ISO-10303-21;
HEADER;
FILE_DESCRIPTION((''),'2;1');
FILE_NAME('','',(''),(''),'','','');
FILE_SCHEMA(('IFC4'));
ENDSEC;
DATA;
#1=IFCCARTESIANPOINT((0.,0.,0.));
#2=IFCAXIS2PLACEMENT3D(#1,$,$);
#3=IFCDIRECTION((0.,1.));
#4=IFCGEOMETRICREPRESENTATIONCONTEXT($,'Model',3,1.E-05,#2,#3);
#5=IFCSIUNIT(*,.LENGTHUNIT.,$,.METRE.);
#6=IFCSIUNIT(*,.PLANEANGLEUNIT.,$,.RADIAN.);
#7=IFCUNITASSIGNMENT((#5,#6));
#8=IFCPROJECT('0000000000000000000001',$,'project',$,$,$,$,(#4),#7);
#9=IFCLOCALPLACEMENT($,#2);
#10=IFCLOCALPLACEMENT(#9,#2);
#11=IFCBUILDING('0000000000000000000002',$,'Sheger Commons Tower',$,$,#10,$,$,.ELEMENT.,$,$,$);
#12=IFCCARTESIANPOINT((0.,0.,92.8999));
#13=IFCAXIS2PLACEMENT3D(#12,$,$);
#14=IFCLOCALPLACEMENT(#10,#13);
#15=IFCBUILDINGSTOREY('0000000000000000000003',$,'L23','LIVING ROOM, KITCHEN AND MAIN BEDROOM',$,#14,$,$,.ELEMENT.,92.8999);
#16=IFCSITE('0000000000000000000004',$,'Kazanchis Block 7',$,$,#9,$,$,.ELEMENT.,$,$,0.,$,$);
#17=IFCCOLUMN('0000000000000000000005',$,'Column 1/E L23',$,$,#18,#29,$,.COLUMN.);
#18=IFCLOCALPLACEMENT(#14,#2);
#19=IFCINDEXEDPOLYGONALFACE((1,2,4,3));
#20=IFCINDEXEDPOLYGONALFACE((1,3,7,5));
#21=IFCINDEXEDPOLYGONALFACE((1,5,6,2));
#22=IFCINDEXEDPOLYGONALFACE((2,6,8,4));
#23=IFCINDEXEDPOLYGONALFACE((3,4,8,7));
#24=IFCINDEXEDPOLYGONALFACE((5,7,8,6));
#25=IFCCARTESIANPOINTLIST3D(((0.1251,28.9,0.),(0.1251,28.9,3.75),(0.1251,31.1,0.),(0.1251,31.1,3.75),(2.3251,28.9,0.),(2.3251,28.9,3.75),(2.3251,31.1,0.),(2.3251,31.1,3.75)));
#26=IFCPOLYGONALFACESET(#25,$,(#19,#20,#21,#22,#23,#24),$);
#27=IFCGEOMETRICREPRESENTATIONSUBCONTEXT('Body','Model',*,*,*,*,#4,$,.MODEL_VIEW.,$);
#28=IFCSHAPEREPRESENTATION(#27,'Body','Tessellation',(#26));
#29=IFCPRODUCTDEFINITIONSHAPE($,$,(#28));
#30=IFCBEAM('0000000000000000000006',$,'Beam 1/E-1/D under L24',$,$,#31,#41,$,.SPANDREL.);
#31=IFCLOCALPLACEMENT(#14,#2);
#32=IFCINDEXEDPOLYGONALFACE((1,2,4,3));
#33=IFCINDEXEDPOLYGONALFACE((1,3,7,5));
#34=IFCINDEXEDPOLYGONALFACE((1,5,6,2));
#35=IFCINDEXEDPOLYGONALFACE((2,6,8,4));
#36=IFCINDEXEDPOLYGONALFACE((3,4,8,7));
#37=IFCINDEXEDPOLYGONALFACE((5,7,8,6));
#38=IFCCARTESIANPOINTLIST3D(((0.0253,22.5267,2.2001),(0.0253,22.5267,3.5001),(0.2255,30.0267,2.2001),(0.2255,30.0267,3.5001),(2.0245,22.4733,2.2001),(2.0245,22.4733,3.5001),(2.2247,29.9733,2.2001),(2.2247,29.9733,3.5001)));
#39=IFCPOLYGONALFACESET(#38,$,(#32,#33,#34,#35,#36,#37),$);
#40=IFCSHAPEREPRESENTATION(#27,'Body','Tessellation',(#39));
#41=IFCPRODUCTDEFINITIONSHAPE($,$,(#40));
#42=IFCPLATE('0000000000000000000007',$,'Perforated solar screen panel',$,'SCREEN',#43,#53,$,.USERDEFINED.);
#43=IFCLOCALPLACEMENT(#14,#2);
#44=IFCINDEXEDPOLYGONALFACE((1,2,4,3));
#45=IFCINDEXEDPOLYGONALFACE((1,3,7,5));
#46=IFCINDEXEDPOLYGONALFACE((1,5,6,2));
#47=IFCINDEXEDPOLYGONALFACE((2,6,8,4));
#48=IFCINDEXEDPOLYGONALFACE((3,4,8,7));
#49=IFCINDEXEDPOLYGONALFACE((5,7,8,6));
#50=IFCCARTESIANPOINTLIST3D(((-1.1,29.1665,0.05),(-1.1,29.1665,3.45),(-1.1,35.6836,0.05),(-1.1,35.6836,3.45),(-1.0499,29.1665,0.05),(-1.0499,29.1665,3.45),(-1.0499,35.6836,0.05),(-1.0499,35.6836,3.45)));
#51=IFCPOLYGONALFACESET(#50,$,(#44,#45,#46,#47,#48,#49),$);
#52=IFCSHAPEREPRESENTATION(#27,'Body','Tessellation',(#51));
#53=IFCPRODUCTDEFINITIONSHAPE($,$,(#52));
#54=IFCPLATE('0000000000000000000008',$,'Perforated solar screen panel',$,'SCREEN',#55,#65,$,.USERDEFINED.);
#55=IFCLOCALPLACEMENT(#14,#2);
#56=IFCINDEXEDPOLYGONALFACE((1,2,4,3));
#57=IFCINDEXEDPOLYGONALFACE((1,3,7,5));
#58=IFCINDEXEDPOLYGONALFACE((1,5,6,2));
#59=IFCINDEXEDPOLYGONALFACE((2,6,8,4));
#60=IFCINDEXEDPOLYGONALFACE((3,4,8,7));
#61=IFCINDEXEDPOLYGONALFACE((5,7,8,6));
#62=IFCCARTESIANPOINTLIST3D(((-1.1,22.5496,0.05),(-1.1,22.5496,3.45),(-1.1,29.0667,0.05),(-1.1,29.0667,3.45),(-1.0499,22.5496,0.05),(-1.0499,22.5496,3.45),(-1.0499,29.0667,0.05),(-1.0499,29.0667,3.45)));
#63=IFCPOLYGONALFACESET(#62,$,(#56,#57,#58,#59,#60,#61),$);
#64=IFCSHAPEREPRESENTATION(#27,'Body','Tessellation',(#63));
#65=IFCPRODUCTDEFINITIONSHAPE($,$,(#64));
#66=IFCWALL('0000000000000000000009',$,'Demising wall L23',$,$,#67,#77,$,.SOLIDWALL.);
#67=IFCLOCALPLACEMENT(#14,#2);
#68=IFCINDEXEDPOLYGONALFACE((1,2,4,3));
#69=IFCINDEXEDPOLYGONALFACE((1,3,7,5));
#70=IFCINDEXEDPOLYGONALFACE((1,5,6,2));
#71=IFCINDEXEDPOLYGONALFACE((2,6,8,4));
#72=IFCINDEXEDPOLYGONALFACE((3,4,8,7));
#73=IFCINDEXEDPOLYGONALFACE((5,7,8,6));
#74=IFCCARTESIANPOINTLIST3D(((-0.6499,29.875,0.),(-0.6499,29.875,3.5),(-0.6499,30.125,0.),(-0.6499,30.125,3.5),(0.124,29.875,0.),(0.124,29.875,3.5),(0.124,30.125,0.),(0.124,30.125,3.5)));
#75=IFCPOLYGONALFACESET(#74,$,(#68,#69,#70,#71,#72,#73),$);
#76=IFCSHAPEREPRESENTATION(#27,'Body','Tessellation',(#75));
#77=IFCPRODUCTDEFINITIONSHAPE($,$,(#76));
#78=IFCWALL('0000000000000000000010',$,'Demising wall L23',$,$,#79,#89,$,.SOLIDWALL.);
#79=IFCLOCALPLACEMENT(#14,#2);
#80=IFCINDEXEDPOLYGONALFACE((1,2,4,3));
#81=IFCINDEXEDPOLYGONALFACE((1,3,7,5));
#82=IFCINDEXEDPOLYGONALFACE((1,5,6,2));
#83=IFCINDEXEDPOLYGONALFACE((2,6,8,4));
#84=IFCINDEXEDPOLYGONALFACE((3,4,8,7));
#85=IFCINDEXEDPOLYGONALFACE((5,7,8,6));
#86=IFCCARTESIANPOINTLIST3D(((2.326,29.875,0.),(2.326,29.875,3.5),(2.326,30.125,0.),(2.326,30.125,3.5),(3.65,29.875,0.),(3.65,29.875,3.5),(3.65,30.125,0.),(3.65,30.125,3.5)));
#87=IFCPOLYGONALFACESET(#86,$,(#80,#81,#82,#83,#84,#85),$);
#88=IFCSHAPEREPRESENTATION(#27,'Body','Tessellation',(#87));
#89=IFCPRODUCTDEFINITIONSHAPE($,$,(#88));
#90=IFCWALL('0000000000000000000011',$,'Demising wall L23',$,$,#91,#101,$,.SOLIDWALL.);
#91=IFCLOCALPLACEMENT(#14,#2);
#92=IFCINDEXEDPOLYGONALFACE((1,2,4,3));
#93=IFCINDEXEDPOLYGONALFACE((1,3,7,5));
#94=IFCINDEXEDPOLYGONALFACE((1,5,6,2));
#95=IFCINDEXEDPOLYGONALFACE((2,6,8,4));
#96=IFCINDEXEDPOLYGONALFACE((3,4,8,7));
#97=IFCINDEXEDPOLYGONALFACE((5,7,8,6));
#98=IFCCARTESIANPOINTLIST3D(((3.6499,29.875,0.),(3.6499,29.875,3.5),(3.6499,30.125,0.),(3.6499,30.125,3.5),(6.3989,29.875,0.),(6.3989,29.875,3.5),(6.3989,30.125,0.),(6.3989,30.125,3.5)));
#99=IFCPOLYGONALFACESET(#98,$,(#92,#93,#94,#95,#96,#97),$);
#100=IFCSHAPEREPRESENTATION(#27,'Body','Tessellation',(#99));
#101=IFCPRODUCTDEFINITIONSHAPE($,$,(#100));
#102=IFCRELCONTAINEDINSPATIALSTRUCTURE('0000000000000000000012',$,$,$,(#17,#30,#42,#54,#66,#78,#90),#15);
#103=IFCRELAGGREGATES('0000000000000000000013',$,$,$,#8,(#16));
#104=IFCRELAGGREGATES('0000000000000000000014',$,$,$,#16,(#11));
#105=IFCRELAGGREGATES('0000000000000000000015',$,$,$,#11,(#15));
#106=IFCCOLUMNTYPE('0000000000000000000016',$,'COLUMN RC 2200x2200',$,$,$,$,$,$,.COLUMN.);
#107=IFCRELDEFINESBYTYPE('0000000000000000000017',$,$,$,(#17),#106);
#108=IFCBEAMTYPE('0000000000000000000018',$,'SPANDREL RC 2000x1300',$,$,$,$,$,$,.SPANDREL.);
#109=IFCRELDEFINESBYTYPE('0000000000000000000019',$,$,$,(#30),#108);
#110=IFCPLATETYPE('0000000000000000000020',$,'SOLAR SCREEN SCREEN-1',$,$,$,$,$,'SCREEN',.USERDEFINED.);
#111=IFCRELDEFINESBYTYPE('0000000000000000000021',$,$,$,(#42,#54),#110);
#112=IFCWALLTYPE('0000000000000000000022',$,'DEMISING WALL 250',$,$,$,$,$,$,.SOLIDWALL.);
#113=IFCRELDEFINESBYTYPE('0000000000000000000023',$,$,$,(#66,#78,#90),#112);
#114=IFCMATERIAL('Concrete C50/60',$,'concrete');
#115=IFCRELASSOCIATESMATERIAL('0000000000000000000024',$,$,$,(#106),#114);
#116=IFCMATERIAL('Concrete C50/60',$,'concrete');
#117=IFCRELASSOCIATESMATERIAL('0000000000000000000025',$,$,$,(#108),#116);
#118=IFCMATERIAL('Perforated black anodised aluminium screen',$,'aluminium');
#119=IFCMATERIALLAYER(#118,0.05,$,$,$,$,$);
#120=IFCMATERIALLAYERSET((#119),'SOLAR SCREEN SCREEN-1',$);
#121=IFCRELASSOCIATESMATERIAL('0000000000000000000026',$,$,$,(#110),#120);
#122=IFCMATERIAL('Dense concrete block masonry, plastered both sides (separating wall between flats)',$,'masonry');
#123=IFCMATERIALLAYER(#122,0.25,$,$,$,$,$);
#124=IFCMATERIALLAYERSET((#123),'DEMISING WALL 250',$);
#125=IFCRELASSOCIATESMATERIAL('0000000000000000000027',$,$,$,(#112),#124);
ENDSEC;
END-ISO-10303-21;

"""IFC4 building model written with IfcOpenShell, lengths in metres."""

from ifc_helpers import new_model, si_unit, direction, frame, frame_2d, origin, origin_2d, place, context, subcontext, project, spatial, rectangle, extrude, material, layer, layer_set, material_profile, profile_set, type_object, element, save


model = new_model("IFC4")

# Units and contexts
model_context = context("Model", 3, precision=1e-05, world=origin(), true_north=direction((0.0, 1.0)))
body_context = subcontext(model_context, "Body", "Model", "MODEL_VIEW")
ifc_project = project(units=[si_unit("LENGTHUNIT", "METRE"), si_unit("PLANEANGLEUNIT", "RADIAN")], contexts=[model_context])

# Site, building, storey
site_placement = place(None, origin())
site = spatial("IfcSite", under=ifc_project, at=site_placement, Name="Kazanchis Block 7", CompositionType="ELEMENT", RefElevation=0.0)
building_placement = place(site_placement, origin())
building = spatial("IfcBuilding", under=site, at=building_placement, Name="Sheger Commons Tower", CompositionType="ELEMENT")
storey_placement = place(building_placement, frame((0.0, 0.0, 92.8999)))
storey = spatial("IfcBuildingStorey", under=building, at=storey_placement, Name="L23", Description="LIVING ROOM, KITCHEN AND MAIN BEDROOM", CompositionType="ELEMENT", Elevation=92.8999)

# Column
ifc_material_1 = material(Name="Concrete C50/60", Category="concrete")
ifc_material_profile_1 = material_profile(ifc_material_1, rectangle(XDim=2.2, YDim=2.2, at=origin_2d()), Name="RC 2200x2200")
ifc_profile_set_1 = profile_set([ifc_material_profile_1], Name="Concrete C50/60")
column_type = type_object("IfcColumnType", Name="COLUMN RC 2200x2200", PredefinedType="COLUMN", material=ifc_profile_set_1)
column_placement = place(storey_placement, frame((1.2251, 30.0, 0.0), z_axis=(0.0, 0.0, 1.0), x_axis=(1.0, 0.0, 0.0)))
element("IfcColumn", 1, at=column_placement, inside=storey, type_object=column_type, Name="Column 1/E L23", PredefinedType="COLUMN", context=body_context, shape_type="SweptSolid", body=[
    extrude(rectangle(XDim=2.2, YDim=2.2, at=origin_2d()), origin(), (0.0, 0.0, 1.0), 3.75),
])

# Beam
ifc_material_2 = material(Name="Concrete C50/60", Category="concrete")
ifc_material_profile_2 = material_profile(ifc_material_2, rectangle(XDim=2.0, YDim=1.3, at=origin_2d()), Name="RC 2000x1300")
ifc_profile_set_2 = profile_set([ifc_material_profile_2], Name="Concrete C50/60")
beam_type = type_object("IfcBeamType", Name="SPANDREL RC 2000x1300", PredefinedType="SPANDREL", material=ifc_profile_set_2)
beam_placement = place(storey_placement, frame((1.2251, 30.0, 2.8501), z_axis=(-0.026683, -0.999644, 0.0), x_axis=(0.999644, -0.026683, 0.0)))
element("IfcBeam", 2, at=beam_placement, inside=storey, type_object=beam_type, Name="Beam 1/E-1/D under L24", PredefinedType="SPANDREL", context=body_context, shape_type="SweptSolid", body=[
    extrude(rectangle(XDim=2.0, YDim=1.3, at=origin_2d()), origin(), (0.0, 0.0, 1.0), 7.5027),
])

# Plates
ifc_material_3 = material(Name="Perforated black anodised aluminium screen", Category="aluminium")
ifc_layer_1 = layer(ifc_material_3, 0.05)
ifc_layer_set_1 = layer_set([ifc_layer_1], Name="SOLAR SCREEN SCREEN-1")
plate_type = type_object("IfcPlateType", Name="SOLAR SCREEN SCREEN-1", ElementType="SCREEN", PredefinedType="USERDEFINED", material=ifc_layer_set_1)
for number, where, z_axis, x_axis, name in (
    (3, (-1.075, 32.425, 0.05), (0.0, 0.0, 1.0), (0.0, -1.0, 0.0), "Perforated solar screen panel"),
    (4, (-1.075, 25.8081, 0.05), (0.0, 0.0, 1.0), (0.0, -1.0, 0.0), "Perforated solar screen panel"),
):
    element("IfcPlate", number, at=place(storey_placement, frame(where, z_axis=z_axis, x_axis=x_axis)), inside=storey, type_object=plate_type, Name=name, ObjectType="SCREEN", PredefinedType="USERDEFINED", context=body_context, shape_type="SweptSolid", body=[
        extrude(rectangle(XDim=6.5171, YDim=0.05, at=origin_2d()), origin(), (0.0, 0.0, 1.0), 3.3999),
    ])

# Walls
ifc_material_4 = material(Name="Dense concrete block masonry, plastered both sides (separating wall between flats)", Category="masonry")
ifc_layer_2 = layer(ifc_material_4, 0.25)
ifc_layer_set_2 = layer_set([ifc_layer_2], Name="DEMISING WALL 250")
wall_type_1 = type_object("IfcWallType", Name="DEMISING WALL 250", PredefinedType="SOLIDWALL", material=ifc_layer_set_2)
wall_1_placement = place(storey_placement, frame((-0.6499, 30.0, 0.0), z_axis=(0.0, 0.0, 1.0), x_axis=(1.0, 0.0, 0.0)))
element("IfcWall", 5, at=wall_1_placement, inside=storey, type_object=wall_type_1, Name="Demising wall L23", PredefinedType="SOLIDWALL", context=body_context, shape_type="SweptSolid", body=[
    extrude(rectangle(XDim=0.7739, YDim=0.25, at=frame_2d((0.387, 0.0))), origin(), (0.0, 0.0, 1.0), 3.5),
])
wall_2_placement = place(storey_placement, frame((2.3259, 30.0, 0.0), z_axis=(0.0, 0.0, 1.0), x_axis=(1.0, 0.0, 0.0)))
element("IfcWall", 6, at=wall_2_placement, inside=storey, type_object=wall_type_1, Name="Demising wall L23", PredefinedType="SOLIDWALL", context=body_context, shape_type="SweptSolid", body=[
    extrude(rectangle(XDim=1.324, YDim=0.25, at=frame_2d((0.6621, 0.0))), origin(), (0.0, 0.0, 1.0), 3.5),
])
wall_3_placement = place(storey_placement, frame((3.6499, 30.0, 0.0), z_axis=(0.0, 0.0, 1.0), x_axis=(1.0, 0.0, 0.0)))
element("IfcWall", 7, at=wall_3_placement, inside=storey, type_object=wall_type_1, Name="Demising wall L23", PredefinedType="SOLIDWALL", context=body_context, shape_type="SweptSolid", body=[
    extrude(rectangle(XDim=2.749, YDim=0.25, at=frame_2d((1.3745, 0.0))), origin(), (0.0, 0.0, 1.0), 3.5),
])

save(model, "model.ifc")
